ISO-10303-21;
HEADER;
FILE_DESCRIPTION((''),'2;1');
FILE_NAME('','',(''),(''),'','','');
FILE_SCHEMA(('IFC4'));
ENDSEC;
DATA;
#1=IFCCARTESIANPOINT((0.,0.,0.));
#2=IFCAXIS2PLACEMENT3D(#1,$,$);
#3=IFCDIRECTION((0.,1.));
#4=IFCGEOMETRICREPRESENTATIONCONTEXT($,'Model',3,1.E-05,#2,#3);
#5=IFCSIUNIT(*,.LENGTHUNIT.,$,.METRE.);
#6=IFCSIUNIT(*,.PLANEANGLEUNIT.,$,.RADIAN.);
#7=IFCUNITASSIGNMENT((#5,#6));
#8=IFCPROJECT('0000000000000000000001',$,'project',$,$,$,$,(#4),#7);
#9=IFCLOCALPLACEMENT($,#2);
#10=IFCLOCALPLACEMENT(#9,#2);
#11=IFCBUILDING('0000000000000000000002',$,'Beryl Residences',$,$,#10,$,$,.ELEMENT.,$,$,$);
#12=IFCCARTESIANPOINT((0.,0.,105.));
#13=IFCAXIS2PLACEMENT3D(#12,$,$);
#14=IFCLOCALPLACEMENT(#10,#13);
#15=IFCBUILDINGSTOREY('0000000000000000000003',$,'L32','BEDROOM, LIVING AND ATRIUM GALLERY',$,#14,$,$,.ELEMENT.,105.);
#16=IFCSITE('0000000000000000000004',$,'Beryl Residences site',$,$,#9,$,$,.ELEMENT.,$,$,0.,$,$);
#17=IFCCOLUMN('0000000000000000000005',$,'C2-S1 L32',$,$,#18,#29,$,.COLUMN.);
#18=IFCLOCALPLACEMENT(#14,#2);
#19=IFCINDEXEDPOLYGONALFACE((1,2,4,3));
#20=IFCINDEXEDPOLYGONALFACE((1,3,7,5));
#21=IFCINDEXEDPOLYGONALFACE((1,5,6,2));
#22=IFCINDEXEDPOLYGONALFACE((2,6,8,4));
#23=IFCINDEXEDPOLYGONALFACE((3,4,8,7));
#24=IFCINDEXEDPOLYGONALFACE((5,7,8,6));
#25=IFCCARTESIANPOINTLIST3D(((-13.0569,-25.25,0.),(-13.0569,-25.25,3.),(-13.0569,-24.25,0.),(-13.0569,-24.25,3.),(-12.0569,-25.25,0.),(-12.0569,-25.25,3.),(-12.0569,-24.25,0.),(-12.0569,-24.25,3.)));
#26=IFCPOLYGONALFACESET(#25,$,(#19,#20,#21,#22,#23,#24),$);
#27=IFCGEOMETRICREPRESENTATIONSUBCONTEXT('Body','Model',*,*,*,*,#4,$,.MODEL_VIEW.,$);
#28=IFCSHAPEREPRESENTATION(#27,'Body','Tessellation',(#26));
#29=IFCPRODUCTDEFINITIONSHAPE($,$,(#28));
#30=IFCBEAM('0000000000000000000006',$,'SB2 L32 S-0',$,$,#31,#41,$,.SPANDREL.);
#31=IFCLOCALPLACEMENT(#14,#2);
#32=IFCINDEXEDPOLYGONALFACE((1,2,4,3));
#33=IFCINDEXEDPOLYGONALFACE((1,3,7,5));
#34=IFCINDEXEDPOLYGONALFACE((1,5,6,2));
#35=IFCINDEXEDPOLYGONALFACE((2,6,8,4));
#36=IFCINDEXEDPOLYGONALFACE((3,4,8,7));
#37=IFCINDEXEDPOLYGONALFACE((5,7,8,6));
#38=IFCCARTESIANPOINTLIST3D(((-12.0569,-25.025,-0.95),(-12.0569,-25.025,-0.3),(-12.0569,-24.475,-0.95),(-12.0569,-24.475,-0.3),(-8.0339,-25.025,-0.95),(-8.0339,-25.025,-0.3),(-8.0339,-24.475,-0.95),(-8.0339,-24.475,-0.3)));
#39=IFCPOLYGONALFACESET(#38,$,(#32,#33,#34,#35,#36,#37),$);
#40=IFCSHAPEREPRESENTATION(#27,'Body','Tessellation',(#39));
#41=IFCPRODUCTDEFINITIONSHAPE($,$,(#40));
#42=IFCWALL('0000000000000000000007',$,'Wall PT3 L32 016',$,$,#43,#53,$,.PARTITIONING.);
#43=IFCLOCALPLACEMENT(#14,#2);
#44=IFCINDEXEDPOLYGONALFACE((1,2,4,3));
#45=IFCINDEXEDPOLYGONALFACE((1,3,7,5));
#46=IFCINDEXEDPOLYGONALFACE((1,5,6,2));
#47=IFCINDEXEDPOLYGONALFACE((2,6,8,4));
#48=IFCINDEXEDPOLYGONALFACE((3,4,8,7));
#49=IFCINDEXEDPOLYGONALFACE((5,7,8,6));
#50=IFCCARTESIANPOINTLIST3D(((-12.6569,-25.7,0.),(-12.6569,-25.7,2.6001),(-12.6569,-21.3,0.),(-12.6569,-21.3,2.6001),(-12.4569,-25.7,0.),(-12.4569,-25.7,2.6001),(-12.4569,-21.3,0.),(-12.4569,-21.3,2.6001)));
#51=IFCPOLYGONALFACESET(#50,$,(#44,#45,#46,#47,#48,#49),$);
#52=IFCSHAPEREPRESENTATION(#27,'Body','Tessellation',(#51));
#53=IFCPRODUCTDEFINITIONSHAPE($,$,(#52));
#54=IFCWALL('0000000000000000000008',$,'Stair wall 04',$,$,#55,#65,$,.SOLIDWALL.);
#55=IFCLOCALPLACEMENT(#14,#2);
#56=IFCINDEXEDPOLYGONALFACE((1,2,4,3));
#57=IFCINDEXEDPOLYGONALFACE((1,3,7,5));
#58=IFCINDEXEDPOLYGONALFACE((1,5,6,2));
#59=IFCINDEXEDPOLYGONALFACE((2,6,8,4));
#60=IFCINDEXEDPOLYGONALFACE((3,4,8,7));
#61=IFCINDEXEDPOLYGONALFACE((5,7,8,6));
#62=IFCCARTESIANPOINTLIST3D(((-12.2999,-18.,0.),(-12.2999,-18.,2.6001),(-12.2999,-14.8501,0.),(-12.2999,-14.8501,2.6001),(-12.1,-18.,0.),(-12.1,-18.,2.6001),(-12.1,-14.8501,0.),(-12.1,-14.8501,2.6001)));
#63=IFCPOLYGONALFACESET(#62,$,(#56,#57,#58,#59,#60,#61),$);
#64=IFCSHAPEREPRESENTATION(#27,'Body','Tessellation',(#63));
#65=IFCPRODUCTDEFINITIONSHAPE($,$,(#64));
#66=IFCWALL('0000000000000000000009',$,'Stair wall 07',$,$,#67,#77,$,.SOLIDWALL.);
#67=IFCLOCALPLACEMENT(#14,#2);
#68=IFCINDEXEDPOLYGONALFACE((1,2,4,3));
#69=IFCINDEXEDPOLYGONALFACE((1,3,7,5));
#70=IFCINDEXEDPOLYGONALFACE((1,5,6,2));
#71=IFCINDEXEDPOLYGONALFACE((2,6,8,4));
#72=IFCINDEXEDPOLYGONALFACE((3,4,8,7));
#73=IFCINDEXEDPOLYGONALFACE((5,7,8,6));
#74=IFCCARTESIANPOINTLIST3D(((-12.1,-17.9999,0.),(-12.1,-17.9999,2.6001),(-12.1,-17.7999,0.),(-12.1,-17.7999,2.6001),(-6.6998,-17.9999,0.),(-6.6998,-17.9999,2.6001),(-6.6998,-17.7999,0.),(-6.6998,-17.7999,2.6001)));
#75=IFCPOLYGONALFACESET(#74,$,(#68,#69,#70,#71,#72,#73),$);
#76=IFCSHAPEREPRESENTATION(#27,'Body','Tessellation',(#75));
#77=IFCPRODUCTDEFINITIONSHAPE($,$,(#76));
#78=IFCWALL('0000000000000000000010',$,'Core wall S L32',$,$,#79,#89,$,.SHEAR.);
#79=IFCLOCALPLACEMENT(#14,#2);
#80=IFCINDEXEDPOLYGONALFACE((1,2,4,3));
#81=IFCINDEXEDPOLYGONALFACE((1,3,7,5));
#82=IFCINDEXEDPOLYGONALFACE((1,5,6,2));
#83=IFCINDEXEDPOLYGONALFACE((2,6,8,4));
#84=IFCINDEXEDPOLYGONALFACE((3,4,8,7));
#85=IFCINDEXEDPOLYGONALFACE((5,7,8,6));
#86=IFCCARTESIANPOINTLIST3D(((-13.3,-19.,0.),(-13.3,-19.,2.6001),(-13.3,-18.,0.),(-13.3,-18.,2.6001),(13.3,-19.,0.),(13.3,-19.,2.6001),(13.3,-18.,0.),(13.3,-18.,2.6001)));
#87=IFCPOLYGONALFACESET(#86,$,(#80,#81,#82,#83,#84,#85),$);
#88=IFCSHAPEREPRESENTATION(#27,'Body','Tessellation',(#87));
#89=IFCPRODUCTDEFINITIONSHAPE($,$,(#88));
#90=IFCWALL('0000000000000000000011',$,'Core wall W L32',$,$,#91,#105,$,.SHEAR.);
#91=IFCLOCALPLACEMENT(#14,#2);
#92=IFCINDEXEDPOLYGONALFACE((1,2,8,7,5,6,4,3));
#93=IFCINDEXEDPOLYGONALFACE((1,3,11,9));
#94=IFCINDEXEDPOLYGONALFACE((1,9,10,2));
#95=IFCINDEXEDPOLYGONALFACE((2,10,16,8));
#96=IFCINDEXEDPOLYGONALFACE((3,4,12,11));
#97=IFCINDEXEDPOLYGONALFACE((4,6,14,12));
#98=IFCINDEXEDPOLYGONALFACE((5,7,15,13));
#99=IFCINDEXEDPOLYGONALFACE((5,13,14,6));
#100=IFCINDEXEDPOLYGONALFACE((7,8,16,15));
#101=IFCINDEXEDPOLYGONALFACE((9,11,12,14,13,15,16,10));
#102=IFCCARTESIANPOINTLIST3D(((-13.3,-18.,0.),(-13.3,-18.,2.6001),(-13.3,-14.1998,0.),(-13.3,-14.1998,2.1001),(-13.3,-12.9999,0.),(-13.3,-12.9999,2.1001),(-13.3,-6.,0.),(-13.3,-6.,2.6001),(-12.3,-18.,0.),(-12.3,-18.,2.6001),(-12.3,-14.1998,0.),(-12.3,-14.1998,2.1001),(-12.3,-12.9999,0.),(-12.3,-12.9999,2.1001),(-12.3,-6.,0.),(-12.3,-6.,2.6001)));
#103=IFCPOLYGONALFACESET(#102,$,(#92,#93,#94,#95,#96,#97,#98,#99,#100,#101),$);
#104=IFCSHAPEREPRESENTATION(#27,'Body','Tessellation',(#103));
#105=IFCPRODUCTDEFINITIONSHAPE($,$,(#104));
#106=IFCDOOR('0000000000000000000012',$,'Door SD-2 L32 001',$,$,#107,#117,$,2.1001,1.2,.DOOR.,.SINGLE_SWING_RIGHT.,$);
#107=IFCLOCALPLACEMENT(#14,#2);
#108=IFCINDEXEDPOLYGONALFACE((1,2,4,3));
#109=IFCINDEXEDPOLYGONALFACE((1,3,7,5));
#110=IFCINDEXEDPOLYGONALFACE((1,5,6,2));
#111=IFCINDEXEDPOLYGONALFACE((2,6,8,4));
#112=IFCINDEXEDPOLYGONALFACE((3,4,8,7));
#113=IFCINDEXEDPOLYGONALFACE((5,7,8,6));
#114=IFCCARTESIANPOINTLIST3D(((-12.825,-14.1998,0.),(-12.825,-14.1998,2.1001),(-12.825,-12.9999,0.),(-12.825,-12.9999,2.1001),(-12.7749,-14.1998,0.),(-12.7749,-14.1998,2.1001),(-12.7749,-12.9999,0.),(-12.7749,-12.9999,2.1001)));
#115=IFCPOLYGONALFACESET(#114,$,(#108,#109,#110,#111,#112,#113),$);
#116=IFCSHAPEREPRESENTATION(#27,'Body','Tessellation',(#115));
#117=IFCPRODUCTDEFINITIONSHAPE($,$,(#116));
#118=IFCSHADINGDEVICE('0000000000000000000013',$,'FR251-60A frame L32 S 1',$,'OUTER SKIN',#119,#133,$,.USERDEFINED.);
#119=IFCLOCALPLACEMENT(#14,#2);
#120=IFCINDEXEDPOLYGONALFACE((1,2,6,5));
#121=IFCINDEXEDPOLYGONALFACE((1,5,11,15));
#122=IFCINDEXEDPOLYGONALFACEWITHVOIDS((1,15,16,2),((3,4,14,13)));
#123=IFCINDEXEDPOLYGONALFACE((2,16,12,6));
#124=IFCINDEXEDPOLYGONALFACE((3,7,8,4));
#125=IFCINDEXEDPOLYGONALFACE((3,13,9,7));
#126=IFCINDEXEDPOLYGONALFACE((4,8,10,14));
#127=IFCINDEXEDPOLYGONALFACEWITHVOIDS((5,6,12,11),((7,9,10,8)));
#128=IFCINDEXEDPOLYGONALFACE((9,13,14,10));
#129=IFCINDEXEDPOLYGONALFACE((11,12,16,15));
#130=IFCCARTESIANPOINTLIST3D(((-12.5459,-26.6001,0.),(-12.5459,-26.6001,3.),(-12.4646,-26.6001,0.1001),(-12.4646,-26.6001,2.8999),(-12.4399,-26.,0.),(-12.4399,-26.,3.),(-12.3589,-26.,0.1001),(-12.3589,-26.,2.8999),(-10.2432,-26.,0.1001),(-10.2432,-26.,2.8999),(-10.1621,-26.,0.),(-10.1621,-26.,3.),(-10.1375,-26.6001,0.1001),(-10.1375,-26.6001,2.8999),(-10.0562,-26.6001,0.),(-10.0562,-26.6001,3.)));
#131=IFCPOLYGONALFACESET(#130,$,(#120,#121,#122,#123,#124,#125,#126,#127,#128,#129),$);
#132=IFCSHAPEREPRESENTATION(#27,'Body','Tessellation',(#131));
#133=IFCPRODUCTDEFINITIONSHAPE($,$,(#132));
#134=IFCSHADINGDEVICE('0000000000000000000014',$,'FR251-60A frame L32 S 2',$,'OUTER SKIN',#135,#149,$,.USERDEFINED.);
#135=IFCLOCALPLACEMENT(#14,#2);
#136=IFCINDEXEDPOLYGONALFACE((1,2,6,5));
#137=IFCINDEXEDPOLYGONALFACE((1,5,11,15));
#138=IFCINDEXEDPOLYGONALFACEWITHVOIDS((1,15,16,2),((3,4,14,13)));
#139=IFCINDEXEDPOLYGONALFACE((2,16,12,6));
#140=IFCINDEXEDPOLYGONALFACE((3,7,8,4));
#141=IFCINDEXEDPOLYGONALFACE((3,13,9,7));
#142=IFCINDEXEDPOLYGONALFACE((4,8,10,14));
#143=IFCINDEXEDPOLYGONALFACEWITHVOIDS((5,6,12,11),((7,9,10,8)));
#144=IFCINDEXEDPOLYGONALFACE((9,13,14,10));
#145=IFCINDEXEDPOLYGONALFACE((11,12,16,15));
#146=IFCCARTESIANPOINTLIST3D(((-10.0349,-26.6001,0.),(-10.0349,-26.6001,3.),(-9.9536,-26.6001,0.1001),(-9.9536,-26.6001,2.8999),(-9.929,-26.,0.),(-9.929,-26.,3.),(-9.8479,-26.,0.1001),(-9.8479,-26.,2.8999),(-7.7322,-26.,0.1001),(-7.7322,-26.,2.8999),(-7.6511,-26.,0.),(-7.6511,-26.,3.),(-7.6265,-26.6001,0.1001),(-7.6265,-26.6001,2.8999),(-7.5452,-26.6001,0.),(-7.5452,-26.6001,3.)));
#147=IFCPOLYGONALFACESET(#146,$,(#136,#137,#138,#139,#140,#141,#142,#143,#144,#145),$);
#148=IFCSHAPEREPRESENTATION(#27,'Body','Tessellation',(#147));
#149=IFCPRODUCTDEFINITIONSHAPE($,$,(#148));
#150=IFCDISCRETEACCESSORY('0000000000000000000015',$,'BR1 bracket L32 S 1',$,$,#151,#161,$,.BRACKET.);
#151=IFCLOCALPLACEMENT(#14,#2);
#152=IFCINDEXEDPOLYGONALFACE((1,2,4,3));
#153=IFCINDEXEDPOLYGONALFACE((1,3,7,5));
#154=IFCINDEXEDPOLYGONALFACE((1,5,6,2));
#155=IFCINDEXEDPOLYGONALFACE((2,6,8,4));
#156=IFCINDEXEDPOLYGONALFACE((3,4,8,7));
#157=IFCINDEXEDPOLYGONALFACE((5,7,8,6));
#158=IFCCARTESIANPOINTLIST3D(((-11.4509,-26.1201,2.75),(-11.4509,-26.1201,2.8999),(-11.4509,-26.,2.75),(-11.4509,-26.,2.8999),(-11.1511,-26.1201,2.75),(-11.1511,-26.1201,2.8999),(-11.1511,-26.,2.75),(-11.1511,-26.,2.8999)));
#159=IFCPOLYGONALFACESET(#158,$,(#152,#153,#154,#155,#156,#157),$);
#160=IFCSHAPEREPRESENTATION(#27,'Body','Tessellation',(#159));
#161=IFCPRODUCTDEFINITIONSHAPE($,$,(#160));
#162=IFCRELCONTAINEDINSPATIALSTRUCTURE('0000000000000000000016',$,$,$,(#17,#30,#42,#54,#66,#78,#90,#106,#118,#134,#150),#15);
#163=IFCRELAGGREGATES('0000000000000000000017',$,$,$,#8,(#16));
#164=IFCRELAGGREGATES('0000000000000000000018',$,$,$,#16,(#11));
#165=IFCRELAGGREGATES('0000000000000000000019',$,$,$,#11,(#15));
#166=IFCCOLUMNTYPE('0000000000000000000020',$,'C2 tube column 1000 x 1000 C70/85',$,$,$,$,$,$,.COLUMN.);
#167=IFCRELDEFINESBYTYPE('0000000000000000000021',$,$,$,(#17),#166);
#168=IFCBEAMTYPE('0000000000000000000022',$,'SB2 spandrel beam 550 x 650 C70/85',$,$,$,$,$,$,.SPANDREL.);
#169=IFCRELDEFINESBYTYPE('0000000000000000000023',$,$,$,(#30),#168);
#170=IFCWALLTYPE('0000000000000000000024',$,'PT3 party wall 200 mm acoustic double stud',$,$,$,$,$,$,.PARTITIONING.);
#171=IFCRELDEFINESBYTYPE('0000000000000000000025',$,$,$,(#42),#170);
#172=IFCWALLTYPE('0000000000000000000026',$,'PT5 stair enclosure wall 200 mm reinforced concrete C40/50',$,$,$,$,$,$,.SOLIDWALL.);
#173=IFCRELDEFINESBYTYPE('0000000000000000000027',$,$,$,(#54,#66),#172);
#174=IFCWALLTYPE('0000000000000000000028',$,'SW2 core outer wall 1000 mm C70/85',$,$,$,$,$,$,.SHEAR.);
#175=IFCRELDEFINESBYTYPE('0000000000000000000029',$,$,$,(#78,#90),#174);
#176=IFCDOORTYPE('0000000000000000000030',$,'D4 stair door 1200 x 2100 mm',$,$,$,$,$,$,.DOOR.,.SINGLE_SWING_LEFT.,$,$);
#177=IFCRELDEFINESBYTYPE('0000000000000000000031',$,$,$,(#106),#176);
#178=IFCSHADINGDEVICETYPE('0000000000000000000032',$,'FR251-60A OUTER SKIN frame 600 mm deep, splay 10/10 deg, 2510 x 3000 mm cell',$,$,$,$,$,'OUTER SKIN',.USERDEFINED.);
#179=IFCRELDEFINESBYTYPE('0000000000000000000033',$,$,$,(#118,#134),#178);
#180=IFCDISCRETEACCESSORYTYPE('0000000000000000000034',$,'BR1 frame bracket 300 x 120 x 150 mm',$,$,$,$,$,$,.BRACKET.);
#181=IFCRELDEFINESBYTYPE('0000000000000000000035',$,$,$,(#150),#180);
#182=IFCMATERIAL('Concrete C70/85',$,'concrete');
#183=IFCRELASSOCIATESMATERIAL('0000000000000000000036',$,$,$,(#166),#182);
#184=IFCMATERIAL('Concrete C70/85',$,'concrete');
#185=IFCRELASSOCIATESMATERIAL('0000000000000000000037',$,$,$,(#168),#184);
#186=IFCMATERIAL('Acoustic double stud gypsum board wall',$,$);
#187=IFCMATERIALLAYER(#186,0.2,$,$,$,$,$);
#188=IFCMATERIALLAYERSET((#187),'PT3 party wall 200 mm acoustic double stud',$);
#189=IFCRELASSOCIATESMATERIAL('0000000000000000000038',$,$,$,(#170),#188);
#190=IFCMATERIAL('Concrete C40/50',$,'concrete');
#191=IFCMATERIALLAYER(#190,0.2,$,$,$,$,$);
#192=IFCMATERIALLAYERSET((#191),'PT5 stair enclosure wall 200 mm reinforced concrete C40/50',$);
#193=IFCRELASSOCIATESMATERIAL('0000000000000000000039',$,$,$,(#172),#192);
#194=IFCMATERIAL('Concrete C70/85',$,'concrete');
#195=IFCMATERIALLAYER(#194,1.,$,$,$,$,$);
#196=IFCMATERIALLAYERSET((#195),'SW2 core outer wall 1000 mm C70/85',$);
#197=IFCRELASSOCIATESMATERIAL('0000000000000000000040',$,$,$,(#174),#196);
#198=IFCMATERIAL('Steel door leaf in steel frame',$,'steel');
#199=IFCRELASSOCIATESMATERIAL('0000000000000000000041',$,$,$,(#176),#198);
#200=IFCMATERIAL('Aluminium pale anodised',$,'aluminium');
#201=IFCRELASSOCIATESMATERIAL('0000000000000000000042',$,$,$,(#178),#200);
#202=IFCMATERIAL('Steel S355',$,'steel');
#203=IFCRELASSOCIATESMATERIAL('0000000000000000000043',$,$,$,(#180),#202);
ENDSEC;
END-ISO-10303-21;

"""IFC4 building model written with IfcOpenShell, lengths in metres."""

from ifc_helpers import new_model, entity, si_unit, direction, frame, frame_2d, origin, origin_2d, place, context, subcontext, project, spatial, polyline, rectangle, outline, extrude, source, transform, mapped, material, layer, layer_set, material_profile, profile_set, type_object, type_shapes, element, fill, save


model = new_model("IFC4")

# Units and contexts
model_context = context("Model", 3, precision=1e-05, world=origin(), true_north=direction((0.0, 1.0)))
body_context = subcontext(model_context, "Body", "Model", "MODEL_VIEW")
ifc_project = project(units=[si_unit("LENGTHUNIT", "METRE"), si_unit("PLANEANGLEUNIT", "RADIAN")], contexts=[model_context])

# Site, building, storey
site_placement = place(None, origin())
site = spatial("IfcSite", under=ifc_project, at=site_placement, Name="Beryl Residences site", CompositionType="ELEMENT", RefElevation=0.0)
building_placement = place(site_placement, origin())
building = spatial("IfcBuilding", under=site, at=building_placement, Name="Beryl Residences", CompositionType="ELEMENT")
storey_placement = place(building_placement, frame((0.0, 0.0, 105.0)))
storey = spatial("IfcBuildingStorey", under=building, at=storey_placement, Name="L32", Description="BEDROOM, LIVING AND ATRIUM GALLERY", CompositionType="ELEMENT", Elevation=105.0)

# Column
ifc_material_1 = material(Name="Concrete C70/85", Category="concrete")
ifc_material_profile_1 = material_profile(ifc_material_1, rectangle(XDim=1.0, YDim=1.0, at=origin_2d()))
ifc_profile_set_1 = profile_set([ifc_material_profile_1], Name="Concrete C70/85")
column_type = type_object("IfcColumnType", Name="C2 tube column 1000 x 1000 C70/85", PredefinedType="COLUMN", material=ifc_profile_set_1)
column_placement = place(storey_placement, frame((-12.5569, -24.75, 0.0), z_axis=(0.0, 0.0, 1.0), x_axis=(1.0, 0.0, 0.0)))
element("IfcColumn", 1, at=column_placement, inside=storey, type_object=column_type, Name="C2-S1 L32", PredefinedType="COLUMN", context=body_context, shape_type="SweptSolid", body=[
    extrude(rectangle(XDim=1.0, YDim=1.0, at=origin_2d()), origin(), (0.0, 0.0, 1.0), 3.0),
])

# Beam
ifc_material_2 = material(Name="Concrete C70/85", Category="concrete")
ifc_material_profile_2 = material_profile(ifc_material_2, rectangle(XDim=0.55, YDim=0.6499, at=origin_2d()))
ifc_profile_set_2 = profile_set([ifc_material_profile_2], Name="Concrete C70/85")
beam_type = type_object("IfcBeamType", Name="SB2 spandrel beam 550 x 650 C70/85", PredefinedType="SPANDREL", material=ifc_profile_set_2)
beam_placement = place(storey_placement, frame((-12.0569, -24.75, -0.625), z_axis=(1.0, 0.0, 0.0), x_axis=(0.0, 1.0, 0.0)))
element("IfcBeam", 2, at=beam_placement, inside=storey, type_object=beam_type, Name="SB2 L32 S-0", PredefinedType="SPANDREL", context=body_context, shape_type="SweptSolid", body=[
    extrude(rectangle(XDim=0.55, YDim=0.6499, at=origin_2d()), origin(), (0.0, 0.0, 1.0), 4.0229),
])

# Walls
ifc_material_3 = material(Name="Acoustic double stud gypsum board wall")
ifc_layer_1 = layer(ifc_material_3, 0.2)
ifc_layer_set_1 = layer_set([ifc_layer_1], Name="PT3 party wall 200 mm acoustic double stud")
wall_type_1 = type_object("IfcWallType", Name="PT3 party wall 200 mm acoustic double stud", PredefinedType="PARTITIONING", material=ifc_layer_set_1)
wall_1_placement = place(storey_placement, frame((-12.5569, -25.7, 0.0), z_axis=(0.0, 0.0, 1.0), x_axis=(0.0, 1.0, 0.0)))
element("IfcWall", 3, at=wall_1_placement, inside=storey, type_object=wall_type_1, Name="Wall PT3 L32 016", PredefinedType="PARTITIONING", context=body_context, shape_type="SweptSolid", body=[
    extrude(rectangle(XDim=4.3999, YDim=0.2, at=frame_2d((2.2, 0.0))), origin(), (0.0, 0.0, 1.0), 2.6001),
])
ifc_material_4 = material(Name="Concrete C40/50", Category="concrete")
ifc_layer_2 = layer(ifc_material_4, 0.2)
ifc_layer_set_2 = layer_set([ifc_layer_2], Name="PT5 stair enclosure wall 200 mm reinforced concrete C40/50")
wall_type_2 = type_object("IfcWallType", Name="PT5 stair enclosure wall 200 mm reinforced concrete C40/50", PredefinedType="SOLIDWALL", material=ifc_layer_set_2)
wall_2_placement = place(storey_placement, frame((-12.2, -18.0, 0.0), z_axis=(0.0, 0.0, 1.0), x_axis=(0.0, 1.0, 0.0)))
element("IfcWall", 4, at=wall_2_placement, inside=storey, type_object=wall_type_2, Name="Stair wall 04", PredefinedType="SOLIDWALL", context=body_context, shape_type="SweptSolid", body=[
    extrude(rectangle(XDim=3.1499, YDim=0.2, at=frame_2d((1.575, 0.0))), origin(), (0.0, 0.0, 1.0), 2.6001),
])
wall_3_placement = place(storey_placement, frame((-12.1001, -17.8999, 0.0), z_axis=(0.0, 0.0, 1.0), x_axis=(1.0, 0.0, 0.0)))
element("IfcWall", 5, at=wall_3_placement, inside=storey, type_object=wall_type_2, Name="Stair wall 07", PredefinedType="SOLIDWALL", context=body_context, shape_type="SweptSolid", body=[
    extrude(rectangle(XDim=5.4001, YDim=0.2, at=frame_2d((2.7002, 0.0))), origin(), (0.0, 0.0, 1.0), 2.6001),
])
ifc_material_5 = material(Name="Concrete C70/85", Category="concrete")
ifc_layer_3 = layer(ifc_material_5, 1.0)
ifc_layer_set_3 = layer_set([ifc_layer_3], Name="SW2 core outer wall 1000 mm C70/85")
wall_type_3 = type_object("IfcWallType", Name="SW2 core outer wall 1000 mm C70/85", PredefinedType="SHEAR", material=ifc_layer_set_3)
wall_4_placement = place(storey_placement, frame((-13.3, -18.5, 0.0), z_axis=(0.0, 0.0, 1.0), x_axis=(1.0, 0.0, 0.0)))
element("IfcWall", 6, at=wall_4_placement, inside=storey, type_object=wall_type_3, Name="Core wall S L32", PredefinedType="SHEAR", context=body_context, shape_type="SweptSolid", body=[
    extrude(rectangle(XDim=26.6001, YDim=1.0, at=frame_2d((13.3, 0.0))), origin(), (0.0, 0.0, 1.0), 2.6001),
])

# Wall, opening, door
wall_5_placement = place(storey_placement, frame((-12.8, -18.0, 0.0), z_axis=(0.0, 0.0, 1.0), x_axis=(0.0, 1.0, 0.0)))
wall_5 = element("IfcWall", 7, at=wall_5_placement, inside=storey, type_object=wall_type_3, Name="Core wall W L32", PredefinedType="SHEAR", context=body_context, shape_type="SweptSolid", body=[
    extrude(rectangle(XDim=12.0, YDim=1.0, at=frame_2d((6.0, 0.0))), origin(), (0.0, 0.0, 1.0), 2.6001),
])
opening_1_placement = place(wall_5_placement, frame((3.8, 0.0, 0.0)))
opening_1 = element("IfcOpeningElement", 8, at=opening_1_placement, cuts=wall_5, PredefinedType="OPENING", context=body_context, shape_type="SweptSolid", body=[
    extrude(rectangle(XDim=1.2, YDim=2.1001, at=frame_2d((0.6001, 1.05))), frame((0.0, 0.51, 0.0), z_axis=(0.0, -1.0, 0.0), x_axis=(1.0, 0.0, 0.0)), (0.0, 0.0, 1.0), 1.02),
])
ifc_material_6 = material(Name="Steel door leaf in steel frame", Category="steel")
door_type = type_object("IfcDoorType", Name="D4 stair door 1200 x 2100 mm", OperationType="SINGLE_SWING_LEFT", PredefinedType="DOOR", material=ifc_material_6)
door_placement = place(opening_1_placement, origin())
door = element("IfcDoor", 9, at=door_placement, inside=storey, type_object=door_type, Name="Door SD-2 L32 001", OperationType="SINGLE_SWING_RIGHT", OverallHeight=2.1001, OverallWidth=1.2, PredefinedType="DOOR", context=body_context, shape_type="SweptSolid", body=[
    extrude(rectangle(XDim=1.2, YDim=2.1001, at=frame_2d((0.6001, 1.05))), frame((0.0, 0.0249, 0.0), z_axis=(0.0, -1.0, 0.0), x_axis=(1.0, 0.0, 0.0)), (0.0, 0.0, 1.0), 0.05),
])
fill(opening_1, door)

# Shading devices
ifc_material_7 = material(Name="Aluminium pale anodised", Category="aluminium")
shading_device_type = type_object("IfcShadingDeviceType", Name="FR251-60A OUTER SKIN frame 600 mm deep, splay 10/10 deg, 2510 x 3000 mm cell", ElementType="OUTER SKIN", PredefinedType="USERDEFINED", material=ifc_material_7)
cartesian_point_1 = entity("IfcCartesianPoint", [-1.1389, 0.0])
cartesian_point_2 = entity("IfcCartesianPoint", [-1.0579, 0.1001])
cartesian_point_3 = entity("IfcCartesianPoint", [-1.2449, 0.0])
cartesian_point_4 = entity("IfcCartesianPoint", [-1.1636, 0.1001])
shared_shape_1 = source(origin(), body_context, "Body", "SweptSolid", [
    entity("IfcExtrudedAreaSolidTapered", entity("IfcArbitraryProfileDefWithVoids", "AREA", None, entity("IfcPolyline", [cartesian_point_1, entity("IfcCartesianPoint", [1.1389, 0.0]), entity("IfcCartesianPoint", [1.1389, 3.0]), entity("IfcCartesianPoint", [-1.1389, 3.0]), cartesian_point_1]), [entity("IfcPolyline", [cartesian_point_2, entity("IfcCartesianPoint", [1.0579, 0.1001]), entity("IfcCartesianPoint", [1.0579, 2.8999]), entity("IfcCartesianPoint", [-1.0579, 2.8999]), cartesian_point_2])]), entity("IfcAxis2Placement3D", entity("IfcCartesianPoint", [0.0, 0.0, 0.0]), entity("IfcDirection", [0.0, 1.0, 0.0]), entity("IfcDirection", [-1.0, 0.0, 0.0])), entity("IfcDirection", [0.0, 0.0, 1.0]), 0.6001, entity("IfcArbitraryProfileDefWithVoids", "AREA", None, entity("IfcPolyline", [cartesian_point_3, entity("IfcCartesianPoint", [1.2449, 0.0]), entity("IfcCartesianPoint", [1.2449, 3.0]), entity("IfcCartesianPoint", [-1.2449, 3.0]), cartesian_point_3]), [entity("IfcPolyline", [cartesian_point_4, entity("IfcCartesianPoint", [1.1636, 0.1001]), entity("IfcCartesianPoint", [1.1636, 2.8999]), entity("IfcCartesianPoint", [-1.1636, 2.8999]), cartesian_point_4])])),
])
type_shapes(shading_device_type, [shared_shape_1])
for number, where, z_axis, x_axis, name in (
    (10, (-11.301, -26.0, 0.0), (0.0, 0.0, 1.0), (-1.0, 0.0, 0.0), "FR251-60A frame L32 S 1"),
    (11, (-8.79, -26.0, 0.0), (0.0, 0.0, 1.0), (-1.0, 0.0, 0.0), "FR251-60A frame L32 S 2"),
):
    element("IfcShadingDevice", number, at=place(storey_placement, frame(where, z_axis=z_axis, x_axis=x_axis)), inside=storey, type_object=shading_device_type, Name=name, ObjectType="OUTER SKIN", PredefinedType="USERDEFINED", context=body_context, shape_type="MappedRepresentation", body=[
        mapped(shared_shape_1, transform((0.0, 0.0, 0.0))),
    ])

# Discrete accessory
ifc_material_8 = material(Name="Steel S355", Category="steel")
discrete_accessory_type = type_object("IfcDiscreteAccessoryType", Name="BR1 frame bracket 300 x 120 x 150 mm", PredefinedType="BRACKET", material=ifc_material_8)
shared_shape_2 = source(origin(), body_context, "Body", "SweptSolid", [
    extrude(outline(polyline([(-0.1499, 0.0), (0.1499, 0.0), (0.1499, 0.1201), (-0.1499, 0.1201), (-0.1499, 0.0)])), origin(), (0.0, 0.0, 1.0), 0.1499),
])
type_shapes(discrete_accessory_type, [shared_shape_2])
discrete_accessory_placement = place(storey_placement, frame((-11.301, -26.0, 2.75), z_axis=(0.0, 0.0, 1.0), x_axis=(-1.0, 0.0, 0.0)))
element("IfcDiscreteAccessory", 12, at=discrete_accessory_placement, inside=storey, type_object=discrete_accessory_type, Name="BR1 bracket L32 S 1", PredefinedType="BRACKET", context=body_context, shape_type="MappedRepresentation", body=[
    mapped(shared_shape_2, transform((0.0, 0.0, 0.0))),
])

save(model, "model.ifc")
